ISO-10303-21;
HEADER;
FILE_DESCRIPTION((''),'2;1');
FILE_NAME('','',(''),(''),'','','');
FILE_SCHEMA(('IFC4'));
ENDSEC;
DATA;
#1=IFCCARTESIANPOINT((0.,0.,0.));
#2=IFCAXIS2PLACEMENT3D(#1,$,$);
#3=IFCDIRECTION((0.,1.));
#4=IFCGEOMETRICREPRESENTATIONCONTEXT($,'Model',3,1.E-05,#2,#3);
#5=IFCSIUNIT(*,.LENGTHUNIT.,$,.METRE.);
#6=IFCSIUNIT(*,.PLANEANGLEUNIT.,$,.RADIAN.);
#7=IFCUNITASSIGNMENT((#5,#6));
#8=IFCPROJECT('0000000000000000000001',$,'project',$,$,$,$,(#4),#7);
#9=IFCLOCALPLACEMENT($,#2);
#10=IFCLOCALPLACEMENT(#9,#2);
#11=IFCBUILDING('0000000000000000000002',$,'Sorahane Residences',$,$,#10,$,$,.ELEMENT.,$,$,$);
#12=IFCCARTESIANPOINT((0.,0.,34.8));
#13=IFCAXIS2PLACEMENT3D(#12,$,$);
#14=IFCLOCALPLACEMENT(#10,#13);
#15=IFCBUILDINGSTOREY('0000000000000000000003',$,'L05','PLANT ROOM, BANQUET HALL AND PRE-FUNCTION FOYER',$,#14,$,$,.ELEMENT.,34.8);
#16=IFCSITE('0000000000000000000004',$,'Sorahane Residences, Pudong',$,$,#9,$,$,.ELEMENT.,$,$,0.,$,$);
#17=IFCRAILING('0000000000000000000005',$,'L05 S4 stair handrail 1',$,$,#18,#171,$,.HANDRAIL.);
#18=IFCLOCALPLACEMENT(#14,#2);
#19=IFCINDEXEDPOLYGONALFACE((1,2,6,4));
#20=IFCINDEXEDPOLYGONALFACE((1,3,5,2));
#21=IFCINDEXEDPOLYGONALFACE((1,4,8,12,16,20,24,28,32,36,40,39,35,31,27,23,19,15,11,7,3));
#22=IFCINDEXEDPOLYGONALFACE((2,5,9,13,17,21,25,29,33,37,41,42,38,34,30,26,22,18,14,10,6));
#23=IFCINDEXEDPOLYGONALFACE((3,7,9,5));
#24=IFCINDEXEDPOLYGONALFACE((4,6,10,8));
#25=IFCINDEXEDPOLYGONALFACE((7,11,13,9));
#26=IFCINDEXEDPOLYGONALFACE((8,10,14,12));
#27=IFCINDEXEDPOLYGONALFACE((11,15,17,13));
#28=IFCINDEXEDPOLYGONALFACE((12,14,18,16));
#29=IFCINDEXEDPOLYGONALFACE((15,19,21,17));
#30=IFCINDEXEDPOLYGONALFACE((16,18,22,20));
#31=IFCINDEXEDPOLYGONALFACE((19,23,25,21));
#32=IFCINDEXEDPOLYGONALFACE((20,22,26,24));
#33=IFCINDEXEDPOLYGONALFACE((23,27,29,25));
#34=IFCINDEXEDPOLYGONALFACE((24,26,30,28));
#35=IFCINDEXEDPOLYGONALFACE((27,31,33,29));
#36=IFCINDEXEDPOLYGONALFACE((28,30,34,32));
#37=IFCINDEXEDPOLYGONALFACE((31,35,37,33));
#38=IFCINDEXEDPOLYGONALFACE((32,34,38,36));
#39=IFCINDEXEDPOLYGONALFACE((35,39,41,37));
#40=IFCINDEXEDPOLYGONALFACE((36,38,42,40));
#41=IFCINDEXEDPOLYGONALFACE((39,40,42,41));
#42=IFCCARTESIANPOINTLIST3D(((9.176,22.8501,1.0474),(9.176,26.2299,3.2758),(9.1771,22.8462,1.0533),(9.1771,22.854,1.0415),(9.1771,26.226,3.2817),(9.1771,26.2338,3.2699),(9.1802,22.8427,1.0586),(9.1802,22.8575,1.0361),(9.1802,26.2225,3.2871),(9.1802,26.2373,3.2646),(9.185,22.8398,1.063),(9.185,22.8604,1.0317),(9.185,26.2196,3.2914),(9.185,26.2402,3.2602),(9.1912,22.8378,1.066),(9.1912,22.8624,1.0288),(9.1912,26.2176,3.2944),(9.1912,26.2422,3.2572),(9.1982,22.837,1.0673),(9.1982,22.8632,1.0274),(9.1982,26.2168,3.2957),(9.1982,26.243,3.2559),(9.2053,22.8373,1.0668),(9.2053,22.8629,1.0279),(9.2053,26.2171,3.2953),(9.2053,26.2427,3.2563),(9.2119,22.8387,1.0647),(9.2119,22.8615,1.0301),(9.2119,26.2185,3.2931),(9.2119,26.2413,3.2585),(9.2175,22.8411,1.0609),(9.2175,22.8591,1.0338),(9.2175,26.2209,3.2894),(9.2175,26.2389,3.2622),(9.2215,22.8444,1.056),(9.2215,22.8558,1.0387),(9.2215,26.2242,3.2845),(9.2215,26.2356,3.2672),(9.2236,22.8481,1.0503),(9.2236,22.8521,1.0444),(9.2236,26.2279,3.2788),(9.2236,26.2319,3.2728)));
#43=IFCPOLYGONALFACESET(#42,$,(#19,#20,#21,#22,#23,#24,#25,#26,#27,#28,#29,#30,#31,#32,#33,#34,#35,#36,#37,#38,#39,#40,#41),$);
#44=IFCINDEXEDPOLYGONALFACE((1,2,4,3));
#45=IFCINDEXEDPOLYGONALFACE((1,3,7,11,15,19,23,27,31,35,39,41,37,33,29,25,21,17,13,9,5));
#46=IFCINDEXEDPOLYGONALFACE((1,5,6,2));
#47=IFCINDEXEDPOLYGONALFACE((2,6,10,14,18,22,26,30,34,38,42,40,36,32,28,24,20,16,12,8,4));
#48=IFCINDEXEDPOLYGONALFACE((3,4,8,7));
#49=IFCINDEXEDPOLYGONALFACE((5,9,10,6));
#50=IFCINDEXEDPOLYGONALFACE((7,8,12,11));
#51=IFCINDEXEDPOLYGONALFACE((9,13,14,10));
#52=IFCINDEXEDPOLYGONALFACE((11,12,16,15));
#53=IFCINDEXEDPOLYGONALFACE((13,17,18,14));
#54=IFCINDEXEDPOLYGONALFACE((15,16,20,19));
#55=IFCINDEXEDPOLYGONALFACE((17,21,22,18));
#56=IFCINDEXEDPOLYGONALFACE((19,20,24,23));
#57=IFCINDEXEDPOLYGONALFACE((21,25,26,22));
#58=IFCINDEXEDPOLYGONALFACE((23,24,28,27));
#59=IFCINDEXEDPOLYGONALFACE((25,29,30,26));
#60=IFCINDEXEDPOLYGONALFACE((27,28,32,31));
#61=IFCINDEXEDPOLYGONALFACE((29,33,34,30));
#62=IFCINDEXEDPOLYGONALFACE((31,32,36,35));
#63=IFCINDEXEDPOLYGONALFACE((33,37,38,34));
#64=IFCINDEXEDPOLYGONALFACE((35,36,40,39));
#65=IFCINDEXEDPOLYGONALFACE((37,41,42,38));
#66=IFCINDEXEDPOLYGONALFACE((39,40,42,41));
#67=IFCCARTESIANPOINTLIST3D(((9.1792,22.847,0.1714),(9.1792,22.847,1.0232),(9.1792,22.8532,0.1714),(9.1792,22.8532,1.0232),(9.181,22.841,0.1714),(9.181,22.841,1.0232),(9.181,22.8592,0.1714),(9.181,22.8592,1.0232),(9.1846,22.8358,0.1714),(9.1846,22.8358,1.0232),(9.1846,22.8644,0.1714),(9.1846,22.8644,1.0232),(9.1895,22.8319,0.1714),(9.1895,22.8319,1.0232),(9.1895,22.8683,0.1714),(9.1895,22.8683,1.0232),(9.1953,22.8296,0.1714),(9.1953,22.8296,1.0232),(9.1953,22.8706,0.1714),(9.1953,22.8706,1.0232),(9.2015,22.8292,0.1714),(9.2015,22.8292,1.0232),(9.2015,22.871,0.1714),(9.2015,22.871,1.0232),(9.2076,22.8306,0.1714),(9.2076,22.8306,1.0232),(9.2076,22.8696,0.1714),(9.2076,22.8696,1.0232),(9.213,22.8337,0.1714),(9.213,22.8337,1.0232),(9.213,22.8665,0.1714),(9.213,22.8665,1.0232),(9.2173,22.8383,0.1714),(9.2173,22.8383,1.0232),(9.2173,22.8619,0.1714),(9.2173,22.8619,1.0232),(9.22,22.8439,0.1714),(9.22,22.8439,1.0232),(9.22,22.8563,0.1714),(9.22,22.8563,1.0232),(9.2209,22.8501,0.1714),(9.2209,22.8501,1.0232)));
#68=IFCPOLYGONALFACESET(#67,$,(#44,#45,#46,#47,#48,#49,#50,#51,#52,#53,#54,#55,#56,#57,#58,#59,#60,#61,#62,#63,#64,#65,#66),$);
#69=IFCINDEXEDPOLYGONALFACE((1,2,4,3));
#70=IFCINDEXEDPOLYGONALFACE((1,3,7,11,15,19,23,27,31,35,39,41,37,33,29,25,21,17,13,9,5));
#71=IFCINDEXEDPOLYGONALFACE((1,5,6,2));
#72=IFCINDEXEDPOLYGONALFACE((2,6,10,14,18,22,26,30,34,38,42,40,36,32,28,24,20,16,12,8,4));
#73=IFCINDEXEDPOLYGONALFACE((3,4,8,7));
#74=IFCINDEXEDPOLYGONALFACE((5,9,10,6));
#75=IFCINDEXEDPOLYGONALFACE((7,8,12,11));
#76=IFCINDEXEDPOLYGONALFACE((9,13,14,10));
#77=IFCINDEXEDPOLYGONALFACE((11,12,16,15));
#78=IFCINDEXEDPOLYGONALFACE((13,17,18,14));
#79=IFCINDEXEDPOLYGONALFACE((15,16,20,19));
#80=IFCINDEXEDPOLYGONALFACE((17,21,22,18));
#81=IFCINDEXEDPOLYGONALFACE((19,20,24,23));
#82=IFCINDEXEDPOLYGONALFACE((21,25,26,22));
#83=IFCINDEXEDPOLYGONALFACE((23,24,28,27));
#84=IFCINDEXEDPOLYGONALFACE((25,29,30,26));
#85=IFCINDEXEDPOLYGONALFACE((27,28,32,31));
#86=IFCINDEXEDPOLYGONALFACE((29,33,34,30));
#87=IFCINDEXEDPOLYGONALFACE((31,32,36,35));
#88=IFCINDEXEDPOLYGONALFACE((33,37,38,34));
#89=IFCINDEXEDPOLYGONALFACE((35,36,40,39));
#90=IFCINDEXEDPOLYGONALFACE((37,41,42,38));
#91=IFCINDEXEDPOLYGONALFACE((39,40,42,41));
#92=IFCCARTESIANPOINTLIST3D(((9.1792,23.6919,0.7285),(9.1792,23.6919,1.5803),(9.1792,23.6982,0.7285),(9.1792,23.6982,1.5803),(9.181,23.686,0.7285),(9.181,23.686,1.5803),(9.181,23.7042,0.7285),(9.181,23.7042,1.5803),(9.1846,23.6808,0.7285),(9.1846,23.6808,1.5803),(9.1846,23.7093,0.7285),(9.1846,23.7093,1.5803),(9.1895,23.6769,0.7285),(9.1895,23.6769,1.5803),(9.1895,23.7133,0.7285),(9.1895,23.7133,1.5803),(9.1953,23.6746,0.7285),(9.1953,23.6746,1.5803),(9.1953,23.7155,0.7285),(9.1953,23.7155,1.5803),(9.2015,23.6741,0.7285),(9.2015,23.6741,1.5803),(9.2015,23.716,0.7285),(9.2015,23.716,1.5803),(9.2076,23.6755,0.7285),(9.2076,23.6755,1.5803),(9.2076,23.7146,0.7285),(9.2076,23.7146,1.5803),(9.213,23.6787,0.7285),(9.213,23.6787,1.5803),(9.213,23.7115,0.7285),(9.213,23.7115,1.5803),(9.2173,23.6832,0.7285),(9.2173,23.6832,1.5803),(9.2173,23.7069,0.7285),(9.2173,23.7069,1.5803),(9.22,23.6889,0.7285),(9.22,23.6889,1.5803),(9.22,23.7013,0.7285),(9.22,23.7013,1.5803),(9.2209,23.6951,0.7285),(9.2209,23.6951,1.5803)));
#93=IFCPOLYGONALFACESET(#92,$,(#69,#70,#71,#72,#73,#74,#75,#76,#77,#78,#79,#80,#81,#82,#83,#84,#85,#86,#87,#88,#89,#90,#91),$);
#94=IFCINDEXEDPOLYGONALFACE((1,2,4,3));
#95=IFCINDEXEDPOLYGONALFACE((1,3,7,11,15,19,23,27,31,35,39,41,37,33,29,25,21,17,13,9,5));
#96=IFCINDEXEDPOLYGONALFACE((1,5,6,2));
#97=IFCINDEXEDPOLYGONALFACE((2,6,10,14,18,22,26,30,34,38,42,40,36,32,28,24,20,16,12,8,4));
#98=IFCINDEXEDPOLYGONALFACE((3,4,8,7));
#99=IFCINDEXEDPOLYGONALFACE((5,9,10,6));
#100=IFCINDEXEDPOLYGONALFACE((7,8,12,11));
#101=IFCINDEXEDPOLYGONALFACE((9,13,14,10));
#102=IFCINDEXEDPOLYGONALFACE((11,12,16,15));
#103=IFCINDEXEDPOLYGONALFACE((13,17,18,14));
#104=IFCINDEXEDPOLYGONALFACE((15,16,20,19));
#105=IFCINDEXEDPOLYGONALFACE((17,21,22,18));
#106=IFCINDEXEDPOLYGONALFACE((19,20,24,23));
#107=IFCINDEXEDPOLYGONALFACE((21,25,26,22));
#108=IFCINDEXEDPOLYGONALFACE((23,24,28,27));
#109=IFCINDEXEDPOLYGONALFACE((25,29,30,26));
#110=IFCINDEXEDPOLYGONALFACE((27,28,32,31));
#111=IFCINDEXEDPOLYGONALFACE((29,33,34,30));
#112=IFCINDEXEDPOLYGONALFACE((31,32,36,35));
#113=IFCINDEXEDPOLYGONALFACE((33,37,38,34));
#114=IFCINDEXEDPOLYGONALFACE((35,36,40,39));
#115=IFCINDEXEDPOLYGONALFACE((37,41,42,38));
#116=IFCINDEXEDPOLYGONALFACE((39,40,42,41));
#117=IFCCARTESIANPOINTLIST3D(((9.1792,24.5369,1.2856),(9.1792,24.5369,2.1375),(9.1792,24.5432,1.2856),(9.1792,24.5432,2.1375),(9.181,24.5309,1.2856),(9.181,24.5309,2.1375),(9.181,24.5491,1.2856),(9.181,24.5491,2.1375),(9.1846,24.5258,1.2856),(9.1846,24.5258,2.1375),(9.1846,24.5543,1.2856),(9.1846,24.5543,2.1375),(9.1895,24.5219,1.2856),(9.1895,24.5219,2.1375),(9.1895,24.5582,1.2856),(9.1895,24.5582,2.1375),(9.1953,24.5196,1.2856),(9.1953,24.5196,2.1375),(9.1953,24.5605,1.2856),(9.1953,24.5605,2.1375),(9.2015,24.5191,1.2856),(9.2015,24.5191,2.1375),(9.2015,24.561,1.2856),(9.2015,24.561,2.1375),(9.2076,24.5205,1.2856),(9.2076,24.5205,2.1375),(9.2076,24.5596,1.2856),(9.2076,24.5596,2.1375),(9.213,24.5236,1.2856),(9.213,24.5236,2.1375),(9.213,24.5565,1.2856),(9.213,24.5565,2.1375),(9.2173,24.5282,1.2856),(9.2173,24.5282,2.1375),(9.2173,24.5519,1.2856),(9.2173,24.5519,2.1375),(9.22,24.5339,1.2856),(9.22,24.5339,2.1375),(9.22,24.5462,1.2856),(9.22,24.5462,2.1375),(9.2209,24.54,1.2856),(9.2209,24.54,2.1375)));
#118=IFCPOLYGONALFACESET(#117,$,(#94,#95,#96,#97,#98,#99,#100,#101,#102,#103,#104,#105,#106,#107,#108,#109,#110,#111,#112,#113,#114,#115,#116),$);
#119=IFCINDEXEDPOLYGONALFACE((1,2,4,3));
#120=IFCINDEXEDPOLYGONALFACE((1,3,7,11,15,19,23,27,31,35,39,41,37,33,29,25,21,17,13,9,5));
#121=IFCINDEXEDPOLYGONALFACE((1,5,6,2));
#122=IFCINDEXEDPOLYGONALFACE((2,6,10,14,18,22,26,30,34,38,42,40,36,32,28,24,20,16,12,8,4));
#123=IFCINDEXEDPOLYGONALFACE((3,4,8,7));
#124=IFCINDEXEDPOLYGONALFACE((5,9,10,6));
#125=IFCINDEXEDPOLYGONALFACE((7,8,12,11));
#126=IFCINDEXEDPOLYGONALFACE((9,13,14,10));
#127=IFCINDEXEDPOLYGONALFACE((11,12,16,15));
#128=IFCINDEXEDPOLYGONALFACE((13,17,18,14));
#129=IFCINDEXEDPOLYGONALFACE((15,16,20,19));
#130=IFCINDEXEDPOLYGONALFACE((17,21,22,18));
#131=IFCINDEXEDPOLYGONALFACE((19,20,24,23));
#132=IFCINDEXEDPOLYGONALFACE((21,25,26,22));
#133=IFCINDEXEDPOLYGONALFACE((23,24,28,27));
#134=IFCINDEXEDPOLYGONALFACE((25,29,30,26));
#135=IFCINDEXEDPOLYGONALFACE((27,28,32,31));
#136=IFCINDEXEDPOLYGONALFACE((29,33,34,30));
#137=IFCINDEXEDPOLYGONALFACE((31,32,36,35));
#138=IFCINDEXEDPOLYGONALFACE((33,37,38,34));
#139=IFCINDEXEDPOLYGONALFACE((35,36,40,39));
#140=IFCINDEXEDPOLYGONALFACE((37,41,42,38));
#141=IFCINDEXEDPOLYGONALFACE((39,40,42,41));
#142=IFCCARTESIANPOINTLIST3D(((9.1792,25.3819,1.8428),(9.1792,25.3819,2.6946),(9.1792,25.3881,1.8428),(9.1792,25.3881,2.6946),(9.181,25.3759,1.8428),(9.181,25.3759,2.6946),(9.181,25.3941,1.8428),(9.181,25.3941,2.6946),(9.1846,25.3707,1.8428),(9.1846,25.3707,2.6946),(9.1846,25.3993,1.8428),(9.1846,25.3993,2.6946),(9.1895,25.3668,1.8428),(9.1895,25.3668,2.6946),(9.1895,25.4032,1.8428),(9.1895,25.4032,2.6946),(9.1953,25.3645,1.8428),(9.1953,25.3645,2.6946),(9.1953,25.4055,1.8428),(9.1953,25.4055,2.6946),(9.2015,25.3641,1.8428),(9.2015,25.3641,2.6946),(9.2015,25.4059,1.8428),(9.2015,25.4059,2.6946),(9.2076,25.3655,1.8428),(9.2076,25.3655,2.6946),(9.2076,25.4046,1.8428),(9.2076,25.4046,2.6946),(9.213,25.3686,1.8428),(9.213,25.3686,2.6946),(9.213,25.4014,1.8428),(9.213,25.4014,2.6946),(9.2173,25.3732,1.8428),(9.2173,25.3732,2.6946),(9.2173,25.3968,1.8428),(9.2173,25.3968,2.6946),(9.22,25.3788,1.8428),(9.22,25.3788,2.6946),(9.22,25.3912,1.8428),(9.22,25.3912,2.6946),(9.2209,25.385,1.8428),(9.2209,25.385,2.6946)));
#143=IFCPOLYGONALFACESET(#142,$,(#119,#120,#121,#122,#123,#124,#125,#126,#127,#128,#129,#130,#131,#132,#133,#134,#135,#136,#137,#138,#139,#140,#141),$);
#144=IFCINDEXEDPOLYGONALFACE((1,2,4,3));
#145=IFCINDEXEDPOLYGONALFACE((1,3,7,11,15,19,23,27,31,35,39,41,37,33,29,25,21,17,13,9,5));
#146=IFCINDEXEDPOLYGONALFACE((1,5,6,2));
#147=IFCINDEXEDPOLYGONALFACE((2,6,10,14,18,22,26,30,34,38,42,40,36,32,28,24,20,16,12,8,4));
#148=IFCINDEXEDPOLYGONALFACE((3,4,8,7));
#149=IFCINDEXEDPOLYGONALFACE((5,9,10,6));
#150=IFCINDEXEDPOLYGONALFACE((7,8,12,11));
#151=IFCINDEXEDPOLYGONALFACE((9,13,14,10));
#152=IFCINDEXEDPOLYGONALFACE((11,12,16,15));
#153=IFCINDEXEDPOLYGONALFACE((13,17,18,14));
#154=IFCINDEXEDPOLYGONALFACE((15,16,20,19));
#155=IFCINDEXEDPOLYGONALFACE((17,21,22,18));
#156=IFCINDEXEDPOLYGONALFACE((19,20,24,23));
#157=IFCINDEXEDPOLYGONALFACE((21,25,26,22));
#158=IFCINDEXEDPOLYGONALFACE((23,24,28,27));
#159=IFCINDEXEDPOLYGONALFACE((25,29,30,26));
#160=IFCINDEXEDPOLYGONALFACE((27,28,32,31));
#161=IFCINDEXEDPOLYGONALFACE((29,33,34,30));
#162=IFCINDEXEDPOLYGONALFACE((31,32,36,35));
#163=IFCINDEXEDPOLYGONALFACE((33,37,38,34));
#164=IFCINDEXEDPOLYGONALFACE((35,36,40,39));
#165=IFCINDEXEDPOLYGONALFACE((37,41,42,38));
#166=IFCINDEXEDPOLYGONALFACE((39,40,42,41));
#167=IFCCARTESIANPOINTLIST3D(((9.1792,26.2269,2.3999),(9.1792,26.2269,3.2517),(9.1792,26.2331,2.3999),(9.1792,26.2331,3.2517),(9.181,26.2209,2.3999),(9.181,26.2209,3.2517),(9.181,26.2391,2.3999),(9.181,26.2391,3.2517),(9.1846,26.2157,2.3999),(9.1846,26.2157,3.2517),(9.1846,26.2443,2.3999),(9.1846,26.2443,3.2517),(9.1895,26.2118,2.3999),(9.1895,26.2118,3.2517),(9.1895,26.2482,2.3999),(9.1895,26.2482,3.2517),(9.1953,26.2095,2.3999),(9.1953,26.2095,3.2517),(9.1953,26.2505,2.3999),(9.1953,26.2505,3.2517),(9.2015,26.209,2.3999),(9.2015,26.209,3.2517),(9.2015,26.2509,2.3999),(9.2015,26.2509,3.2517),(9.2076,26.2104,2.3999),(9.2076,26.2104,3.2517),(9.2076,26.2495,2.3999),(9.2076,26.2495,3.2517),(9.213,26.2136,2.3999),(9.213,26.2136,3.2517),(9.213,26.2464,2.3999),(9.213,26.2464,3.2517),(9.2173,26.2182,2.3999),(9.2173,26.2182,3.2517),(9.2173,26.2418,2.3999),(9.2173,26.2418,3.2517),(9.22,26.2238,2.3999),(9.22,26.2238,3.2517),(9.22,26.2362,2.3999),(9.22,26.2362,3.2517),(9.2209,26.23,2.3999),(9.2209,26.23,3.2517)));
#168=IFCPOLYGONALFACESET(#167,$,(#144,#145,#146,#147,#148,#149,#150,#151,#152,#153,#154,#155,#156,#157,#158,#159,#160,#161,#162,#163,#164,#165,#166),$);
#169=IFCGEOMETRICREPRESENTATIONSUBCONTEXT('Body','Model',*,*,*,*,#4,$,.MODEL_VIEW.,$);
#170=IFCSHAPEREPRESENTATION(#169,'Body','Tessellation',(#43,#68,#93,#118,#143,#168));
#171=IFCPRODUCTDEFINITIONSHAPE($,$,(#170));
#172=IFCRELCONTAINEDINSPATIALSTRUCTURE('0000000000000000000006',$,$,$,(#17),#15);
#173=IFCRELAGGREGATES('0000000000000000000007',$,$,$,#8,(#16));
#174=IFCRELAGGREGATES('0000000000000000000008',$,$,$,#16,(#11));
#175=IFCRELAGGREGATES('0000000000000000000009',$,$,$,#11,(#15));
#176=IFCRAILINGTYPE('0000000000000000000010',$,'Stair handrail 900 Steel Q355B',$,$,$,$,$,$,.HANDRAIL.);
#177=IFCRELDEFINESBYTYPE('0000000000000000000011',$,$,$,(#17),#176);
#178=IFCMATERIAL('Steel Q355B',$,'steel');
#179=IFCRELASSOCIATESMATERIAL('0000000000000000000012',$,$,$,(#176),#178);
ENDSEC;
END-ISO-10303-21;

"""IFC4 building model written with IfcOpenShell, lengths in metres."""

from ifc_helpers import new_model, si_unit, direction, frame, origin, origin_2d, place, context, subcontext, project, spatial, circle, extrude, material, type_object, element, save


model = new_model("IFC4")

# Units and contexts
model_context = context("Model", 3, precision=1e-05, world=origin(), true_north=direction((0.0, 1.0)))
body_context = subcontext(model_context, "Body", "Model", "MODEL_VIEW")
ifc_project = project(units=[si_unit("LENGTHUNIT", "METRE"), si_unit("PLANEANGLEUNIT", "RADIAN")], contexts=[model_context])

# Site, building, storey
site_placement = place(None, origin())
site = spatial("IfcSite", under=ifc_project, at=site_placement, Name="Sorahane Residences, Pudong", CompositionType="ELEMENT", RefElevation=0.0)
building_placement = place(site_placement, origin())
building = spatial("IfcBuilding", under=site, at=building_placement, Name="Sorahane Residences", CompositionType="ELEMENT")
storey_placement = place(building_placement, frame((0.0, 0.0, 34.8)))
storey = spatial("IfcBuildingStorey", under=building, at=storey_placement, Name="L05", Description="PLANT ROOM, BANQUET HALL AND PRE-FUNCTION FOYER", CompositionType="ELEMENT", Elevation=34.8)

# Railing
ifc_material_1 = material(Name="Steel Q355B", Category="steel")
railing_type_1 = type_object("IfcRailingType", Name="Stair handrail 900 Steel Q355B", PredefinedType="HANDRAIL", material=ifc_material_1)
railing_1_placement = place(storey_placement, frame((9.2, 22.8501, 0.1714)))
element("IfcRailing", 1, at=railing_1_placement, inside=storey, type_object=railing_type_1, Name="L05 S4 stair handrail 1", PredefinedType="HANDRAIL", context=body_context, shape_type="SweptSolid", body=[
    extrude(circle(Radius=0.0239, at=origin_2d()), frame((0.0, 0.0, 0.876), z_axis=(0.0, 0.83486, 0.550462), x_axis=(-1.0, 0.0, 0.0)), (0.0, 0.0, 1.0), 4.0483),
    extrude(circle(Radius=0.021, at=origin_2d()), origin(), (0.0, 0.0, 1.0), 0.8518),
    extrude(circle(Radius=0.021, at=origin_2d()), frame((0.0, 0.845, 0.5571)), (0.0, 0.0, 1.0), 0.8518),
    extrude(circle(Radius=0.021, at=origin_2d()), frame((0.0, 1.6899, 1.1143)), (0.0, 0.0, 1.0), 0.8518),
    extrude(circle(Radius=0.021, at=origin_2d()), frame((0.0, 2.5349, 1.6714)), (0.0, 0.0, 1.0), 0.8518),
    extrude(circle(Radius=0.021, at=origin_2d()), frame((0.0, 3.3799, 2.2285)), (0.0, 0.0, 1.0), 0.8518),
])

save(model, "model.ifc")
